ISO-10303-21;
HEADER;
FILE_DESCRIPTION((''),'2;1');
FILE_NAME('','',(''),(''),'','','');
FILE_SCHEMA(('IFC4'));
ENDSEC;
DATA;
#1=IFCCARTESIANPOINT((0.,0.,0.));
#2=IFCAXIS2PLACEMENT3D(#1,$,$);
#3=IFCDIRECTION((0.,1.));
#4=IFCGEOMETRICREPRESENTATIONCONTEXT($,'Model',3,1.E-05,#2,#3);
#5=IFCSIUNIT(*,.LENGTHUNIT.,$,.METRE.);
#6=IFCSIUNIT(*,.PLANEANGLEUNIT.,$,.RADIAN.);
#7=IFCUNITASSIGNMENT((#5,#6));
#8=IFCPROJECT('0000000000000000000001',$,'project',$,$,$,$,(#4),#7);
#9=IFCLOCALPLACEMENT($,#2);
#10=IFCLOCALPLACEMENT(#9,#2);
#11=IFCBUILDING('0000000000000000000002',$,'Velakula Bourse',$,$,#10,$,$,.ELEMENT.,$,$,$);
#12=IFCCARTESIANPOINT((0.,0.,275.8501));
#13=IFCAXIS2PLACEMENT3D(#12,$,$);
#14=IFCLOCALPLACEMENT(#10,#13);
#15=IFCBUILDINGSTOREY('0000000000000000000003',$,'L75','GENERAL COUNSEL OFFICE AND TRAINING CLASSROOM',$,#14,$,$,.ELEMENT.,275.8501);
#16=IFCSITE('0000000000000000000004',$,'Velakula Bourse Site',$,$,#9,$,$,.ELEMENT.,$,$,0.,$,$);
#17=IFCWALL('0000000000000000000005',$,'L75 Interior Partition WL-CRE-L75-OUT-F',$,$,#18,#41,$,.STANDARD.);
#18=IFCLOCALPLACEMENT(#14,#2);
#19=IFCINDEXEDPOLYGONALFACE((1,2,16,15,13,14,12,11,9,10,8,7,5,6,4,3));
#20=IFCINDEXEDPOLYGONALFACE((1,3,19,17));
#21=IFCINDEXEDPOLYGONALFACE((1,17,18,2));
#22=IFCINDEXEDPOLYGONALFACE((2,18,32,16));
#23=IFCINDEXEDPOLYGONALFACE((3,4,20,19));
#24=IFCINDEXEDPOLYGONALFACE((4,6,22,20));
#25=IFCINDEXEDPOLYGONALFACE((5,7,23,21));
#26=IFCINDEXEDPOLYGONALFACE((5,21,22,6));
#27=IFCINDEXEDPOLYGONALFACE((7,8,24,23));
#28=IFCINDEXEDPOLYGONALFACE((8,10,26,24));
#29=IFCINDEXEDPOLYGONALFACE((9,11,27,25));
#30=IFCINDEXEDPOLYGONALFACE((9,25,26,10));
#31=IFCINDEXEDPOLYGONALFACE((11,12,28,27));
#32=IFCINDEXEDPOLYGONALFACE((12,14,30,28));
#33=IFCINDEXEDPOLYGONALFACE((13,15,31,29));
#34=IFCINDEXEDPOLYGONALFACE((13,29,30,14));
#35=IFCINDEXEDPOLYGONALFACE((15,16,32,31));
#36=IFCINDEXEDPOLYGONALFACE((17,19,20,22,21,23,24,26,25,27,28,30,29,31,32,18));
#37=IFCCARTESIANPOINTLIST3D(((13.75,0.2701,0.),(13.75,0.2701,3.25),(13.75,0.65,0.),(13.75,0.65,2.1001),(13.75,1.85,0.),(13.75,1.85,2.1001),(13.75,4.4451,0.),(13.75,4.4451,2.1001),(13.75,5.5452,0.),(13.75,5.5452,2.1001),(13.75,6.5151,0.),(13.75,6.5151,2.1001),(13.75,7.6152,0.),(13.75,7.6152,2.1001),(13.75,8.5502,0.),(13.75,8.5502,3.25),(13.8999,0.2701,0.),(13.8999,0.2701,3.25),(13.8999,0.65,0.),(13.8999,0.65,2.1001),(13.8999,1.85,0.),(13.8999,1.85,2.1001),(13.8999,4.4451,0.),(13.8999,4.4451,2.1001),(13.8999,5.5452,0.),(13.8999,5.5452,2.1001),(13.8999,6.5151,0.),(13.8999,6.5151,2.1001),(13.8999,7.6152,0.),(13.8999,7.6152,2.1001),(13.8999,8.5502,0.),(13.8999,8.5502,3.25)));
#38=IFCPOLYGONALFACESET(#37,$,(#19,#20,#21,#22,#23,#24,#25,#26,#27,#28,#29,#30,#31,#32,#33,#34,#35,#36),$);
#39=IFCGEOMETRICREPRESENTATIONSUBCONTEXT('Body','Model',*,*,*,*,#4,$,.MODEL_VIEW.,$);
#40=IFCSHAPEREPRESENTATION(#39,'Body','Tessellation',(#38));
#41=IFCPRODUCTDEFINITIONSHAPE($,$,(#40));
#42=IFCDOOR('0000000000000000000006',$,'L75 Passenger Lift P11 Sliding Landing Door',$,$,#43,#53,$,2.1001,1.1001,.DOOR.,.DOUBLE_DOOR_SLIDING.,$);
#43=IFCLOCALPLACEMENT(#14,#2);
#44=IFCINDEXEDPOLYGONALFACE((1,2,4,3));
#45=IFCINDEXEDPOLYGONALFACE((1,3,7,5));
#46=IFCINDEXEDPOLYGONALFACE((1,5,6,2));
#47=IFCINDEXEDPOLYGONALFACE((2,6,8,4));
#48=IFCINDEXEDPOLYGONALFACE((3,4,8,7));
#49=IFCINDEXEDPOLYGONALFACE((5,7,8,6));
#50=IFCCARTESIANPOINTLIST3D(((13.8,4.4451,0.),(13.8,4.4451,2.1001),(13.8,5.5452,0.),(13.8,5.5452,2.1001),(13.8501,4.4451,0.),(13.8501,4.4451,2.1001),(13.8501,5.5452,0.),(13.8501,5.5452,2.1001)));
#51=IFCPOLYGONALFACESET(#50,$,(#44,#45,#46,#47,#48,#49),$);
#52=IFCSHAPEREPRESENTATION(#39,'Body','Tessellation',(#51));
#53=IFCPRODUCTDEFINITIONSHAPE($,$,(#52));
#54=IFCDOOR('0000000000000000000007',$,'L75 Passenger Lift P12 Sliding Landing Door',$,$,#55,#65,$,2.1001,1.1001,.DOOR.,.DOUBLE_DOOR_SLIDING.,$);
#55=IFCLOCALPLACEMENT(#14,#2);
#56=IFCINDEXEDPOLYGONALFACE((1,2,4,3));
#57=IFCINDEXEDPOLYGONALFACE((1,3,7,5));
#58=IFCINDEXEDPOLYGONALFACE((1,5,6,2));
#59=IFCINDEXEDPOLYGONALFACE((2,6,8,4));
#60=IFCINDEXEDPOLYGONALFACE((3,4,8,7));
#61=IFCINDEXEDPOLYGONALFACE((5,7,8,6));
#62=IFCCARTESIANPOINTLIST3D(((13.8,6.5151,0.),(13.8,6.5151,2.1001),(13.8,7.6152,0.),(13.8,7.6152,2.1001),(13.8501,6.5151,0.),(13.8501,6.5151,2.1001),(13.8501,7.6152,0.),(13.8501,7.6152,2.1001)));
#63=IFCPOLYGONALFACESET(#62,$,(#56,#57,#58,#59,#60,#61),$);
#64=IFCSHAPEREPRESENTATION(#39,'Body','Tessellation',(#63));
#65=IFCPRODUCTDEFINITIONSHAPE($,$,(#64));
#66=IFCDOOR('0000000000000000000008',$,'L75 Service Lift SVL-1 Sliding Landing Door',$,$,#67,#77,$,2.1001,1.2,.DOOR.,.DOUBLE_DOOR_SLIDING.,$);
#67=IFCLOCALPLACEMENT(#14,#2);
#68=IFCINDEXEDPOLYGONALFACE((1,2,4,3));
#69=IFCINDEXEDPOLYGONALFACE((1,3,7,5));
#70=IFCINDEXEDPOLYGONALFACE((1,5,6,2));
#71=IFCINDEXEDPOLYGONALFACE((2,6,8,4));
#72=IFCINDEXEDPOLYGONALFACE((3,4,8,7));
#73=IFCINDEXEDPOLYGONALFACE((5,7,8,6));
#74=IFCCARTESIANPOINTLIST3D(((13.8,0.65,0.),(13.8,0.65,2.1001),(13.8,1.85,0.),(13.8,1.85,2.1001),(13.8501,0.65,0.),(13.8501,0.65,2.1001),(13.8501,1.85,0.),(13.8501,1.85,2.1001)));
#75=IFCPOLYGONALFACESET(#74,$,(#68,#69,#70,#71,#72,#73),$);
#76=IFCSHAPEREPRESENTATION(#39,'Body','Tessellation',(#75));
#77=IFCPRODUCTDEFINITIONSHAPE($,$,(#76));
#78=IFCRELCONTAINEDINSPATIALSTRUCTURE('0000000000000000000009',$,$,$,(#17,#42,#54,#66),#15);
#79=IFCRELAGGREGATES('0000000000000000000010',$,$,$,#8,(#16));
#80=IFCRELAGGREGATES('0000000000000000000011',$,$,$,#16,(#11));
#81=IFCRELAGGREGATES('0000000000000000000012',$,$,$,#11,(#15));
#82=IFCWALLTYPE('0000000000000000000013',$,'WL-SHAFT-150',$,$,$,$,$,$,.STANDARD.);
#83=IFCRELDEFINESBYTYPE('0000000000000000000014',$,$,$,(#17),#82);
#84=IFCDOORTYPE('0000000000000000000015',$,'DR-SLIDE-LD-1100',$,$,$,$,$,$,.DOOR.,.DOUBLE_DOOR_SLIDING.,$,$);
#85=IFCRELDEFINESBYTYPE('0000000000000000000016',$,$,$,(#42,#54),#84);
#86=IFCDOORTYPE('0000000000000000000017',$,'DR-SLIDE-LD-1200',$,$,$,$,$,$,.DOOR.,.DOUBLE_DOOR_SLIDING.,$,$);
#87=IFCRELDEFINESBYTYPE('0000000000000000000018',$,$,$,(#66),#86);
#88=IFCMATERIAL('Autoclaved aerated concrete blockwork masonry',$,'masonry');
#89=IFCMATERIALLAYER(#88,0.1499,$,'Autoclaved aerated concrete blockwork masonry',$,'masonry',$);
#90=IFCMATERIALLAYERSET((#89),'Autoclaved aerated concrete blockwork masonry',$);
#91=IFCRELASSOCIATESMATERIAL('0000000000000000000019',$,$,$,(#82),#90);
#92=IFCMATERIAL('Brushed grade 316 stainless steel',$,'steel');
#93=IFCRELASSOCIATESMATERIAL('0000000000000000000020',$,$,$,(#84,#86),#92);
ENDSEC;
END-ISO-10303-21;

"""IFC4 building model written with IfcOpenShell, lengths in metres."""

from ifc_helpers import new_model, si_unit, direction, frame, frame_2d, origin, place, context, subcontext, project, spatial, rectangle, extrude, material, layer, layer_set, type_object, element, fill, save


model = new_model("IFC4")

# Units and contexts
model_context = context("Model", 3, precision=1e-05, world=origin(), true_north=direction((0.0, 1.0)))
body_context = subcontext(model_context, "Body", "Model", "MODEL_VIEW")
ifc_project = project(units=[si_unit("LENGTHUNIT", "METRE"), si_unit("PLANEANGLEUNIT", "RADIAN")], contexts=[model_context])

# Site, building, storey
site_placement = place(None, origin())
site = spatial("IfcSite", under=ifc_project, at=site_placement, Name="Velakula Bourse Site", CompositionType="ELEMENT", RefElevation=0.0)
building_placement = place(site_placement, origin())
building = spatial("IfcBuilding", under=site, at=building_placement, Name="Velakula Bourse", CompositionType="ELEMENT")
storey_placement = place(building_placement, frame((0.0, 0.0, 275.8501)))
storey = spatial("IfcBuildingStorey", under=building, at=storey_placement, Name="L75", Description="GENERAL COUNSEL OFFICE AND TRAINING CLASSROOM", CompositionType="ELEMENT", Elevation=275.8501)

# Shared definitions
ifc_material_1 = material(Name="Autoclaved aerated concrete blockwork masonry", Category="masonry")
ifc_layer_1 = layer(ifc_material_1, 0.1499, Name="Autoclaved aerated concrete blockwork masonry", Category="masonry")
ifc_layer_set_1 = layer_set([ifc_layer_1], Name="Autoclaved aerated concrete blockwork masonry")
wall_type_1 = type_object("IfcWallType", Name="WL-SHAFT-150", PredefinedType="STANDARD", material=ifc_layer_set_1)

# Wall, openings, doors
wall_1_placement = place(storey_placement, frame((13.825, 0.27, 0.0), z_axis=(0.0, 0.0, 1.0), x_axis=(0.0, 1.0, 0.0)))
wall_1 = element("IfcWall", 1, at=wall_1_placement, inside=storey, type_object=wall_type_1, Name="L75 Interior Partition WL-CRE-L75-OUT-F", PredefinedType="STANDARD", context=body_context, shape_type="SweptSolid", body=[
    extrude(rectangle(XDim=8.28, YDim=0.1499, at=frame_2d((4.1401, 0.0))), origin(), (0.0, 0.0, 1.0), 3.25),
])
opening_1_placement = place(wall_1_placement, frame((4.175, 0.0, 0.0)))
opening_1 = element("IfcOpeningElement", 2, at=opening_1_placement, cuts=wall_1, PredefinedType="OPENING", context=body_context, shape_type="SweptSolid", body=[
    extrude(rectangle(XDim=1.1001, YDim=2.1001, at=frame_2d((0.55, 1.05))), frame((0.0, 0.085, 0.0), z_axis=(0.0, -1.0, 0.0), x_axis=(1.0, 0.0, 0.0)), (0.0, 0.0, 1.0), 0.1699),
])
opening_2_placement = place(wall_1_placement, frame((6.2451, 0.0, 0.0)))
opening_2 = element("IfcOpeningElement", 3, at=opening_2_placement, cuts=wall_1, PredefinedType="OPENING", context=body_context, shape_type="SweptSolid", body=[
    extrude(rectangle(XDim=1.1001, YDim=2.1001, at=frame_2d((0.55, 1.05))), frame((0.0, 0.085, 0.0), z_axis=(0.0, -1.0, 0.0), x_axis=(1.0, 0.0, 0.0)), (0.0, 0.0, 1.0), 0.1699),
])
opening_3_placement = place(wall_1_placement, frame((0.3799, 0.0, 0.0)))
opening_3 = element("IfcOpeningElement", 4, at=opening_3_placement, cuts=wall_1, PredefinedType="OPENING", context=body_context, shape_type="SweptSolid", body=[
    extrude(rectangle(XDim=1.2, YDim=2.1001, at=frame_2d((0.6001, 1.05))), frame((0.0, 0.085, 0.0), z_axis=(0.0, -1.0, 0.0), x_axis=(1.0, 0.0, 0.0)), (0.0, 0.0, 1.0), 0.1699),
])
ifc_material_2 = material(Name="Brushed grade 316 stainless steel", Category="steel")
door_type_1 = type_object("IfcDoorType", Name="DR-SLIDE-LD-1100", OperationType="DOUBLE_DOOR_SLIDING", PredefinedType="DOOR", material=ifc_material_2)
door_1_placement = place(opening_1_placement, origin())
door_1 = element("IfcDoor", 5, at=door_1_placement, inside=storey, type_object=door_type_1, Name="L75 Passenger Lift P11 Sliding Landing Door", OperationType="DOUBLE_DOOR_SLIDING", OverallHeight=2.1001, OverallWidth=1.1001, PredefinedType="DOOR", context=body_context, shape_type="SweptSolid", body=[
    extrude(rectangle(XDim=1.1001, YDim=2.1001, at=frame_2d((0.55, 1.05))), frame((0.0, 0.0249, 0.0), z_axis=(0.0, -1.0, 0.0), x_axis=(1.0, 0.0, 0.0)), (0.0, 0.0, 1.0), 0.05),
])
fill(opening_1, door_1)
door_2_placement = place(opening_2_placement, origin())
door_2 = element("IfcDoor", 6, at=door_2_placement, inside=storey, type_object=door_type_1, Name="L75 Passenger Lift P12 Sliding Landing Door", OperationType="DOUBLE_DOOR_SLIDING", OverallHeight=2.1001, OverallWidth=1.1001, PredefinedType="DOOR", context=body_context, shape_type="SweptSolid", body=[
    extrude(rectangle(XDim=1.1001, YDim=2.1001, at=frame_2d((0.55, 1.05))), frame((0.0, 0.0249, 0.0), z_axis=(0.0, -1.0, 0.0), x_axis=(1.0, 0.0, 0.0)), (0.0, 0.0, 1.0), 0.05),
])
fill(opening_2, door_2)
door_type_2 = type_object("IfcDoorType", Name="DR-SLIDE-LD-1200", OperationType="DOUBLE_DOOR_SLIDING", PredefinedType="DOOR", material=ifc_material_2)
door_3_placement = place(opening_3_placement, origin())
door_3 = element("IfcDoor", 7, at=door_3_placement, inside=storey, type_object=door_type_2, Name="L75 Service Lift SVL-1 Sliding Landing Door", OperationType="DOUBLE_DOOR_SLIDING", OverallHeight=2.1001, OverallWidth=1.2, PredefinedType="DOOR", context=body_context, shape_type="SweptSolid", body=[
    extrude(rectangle(XDim=1.2, YDim=2.1001, at=frame_2d((0.6001, 1.05))), frame((0.0, 0.0249, 0.0), z_axis=(0.0, -1.0, 0.0), x_axis=(1.0, 0.0, 0.0)), (0.0, 0.0, 1.0), 0.05),
])
fill(opening_3, door_3)

save(model, "model.ifc")
